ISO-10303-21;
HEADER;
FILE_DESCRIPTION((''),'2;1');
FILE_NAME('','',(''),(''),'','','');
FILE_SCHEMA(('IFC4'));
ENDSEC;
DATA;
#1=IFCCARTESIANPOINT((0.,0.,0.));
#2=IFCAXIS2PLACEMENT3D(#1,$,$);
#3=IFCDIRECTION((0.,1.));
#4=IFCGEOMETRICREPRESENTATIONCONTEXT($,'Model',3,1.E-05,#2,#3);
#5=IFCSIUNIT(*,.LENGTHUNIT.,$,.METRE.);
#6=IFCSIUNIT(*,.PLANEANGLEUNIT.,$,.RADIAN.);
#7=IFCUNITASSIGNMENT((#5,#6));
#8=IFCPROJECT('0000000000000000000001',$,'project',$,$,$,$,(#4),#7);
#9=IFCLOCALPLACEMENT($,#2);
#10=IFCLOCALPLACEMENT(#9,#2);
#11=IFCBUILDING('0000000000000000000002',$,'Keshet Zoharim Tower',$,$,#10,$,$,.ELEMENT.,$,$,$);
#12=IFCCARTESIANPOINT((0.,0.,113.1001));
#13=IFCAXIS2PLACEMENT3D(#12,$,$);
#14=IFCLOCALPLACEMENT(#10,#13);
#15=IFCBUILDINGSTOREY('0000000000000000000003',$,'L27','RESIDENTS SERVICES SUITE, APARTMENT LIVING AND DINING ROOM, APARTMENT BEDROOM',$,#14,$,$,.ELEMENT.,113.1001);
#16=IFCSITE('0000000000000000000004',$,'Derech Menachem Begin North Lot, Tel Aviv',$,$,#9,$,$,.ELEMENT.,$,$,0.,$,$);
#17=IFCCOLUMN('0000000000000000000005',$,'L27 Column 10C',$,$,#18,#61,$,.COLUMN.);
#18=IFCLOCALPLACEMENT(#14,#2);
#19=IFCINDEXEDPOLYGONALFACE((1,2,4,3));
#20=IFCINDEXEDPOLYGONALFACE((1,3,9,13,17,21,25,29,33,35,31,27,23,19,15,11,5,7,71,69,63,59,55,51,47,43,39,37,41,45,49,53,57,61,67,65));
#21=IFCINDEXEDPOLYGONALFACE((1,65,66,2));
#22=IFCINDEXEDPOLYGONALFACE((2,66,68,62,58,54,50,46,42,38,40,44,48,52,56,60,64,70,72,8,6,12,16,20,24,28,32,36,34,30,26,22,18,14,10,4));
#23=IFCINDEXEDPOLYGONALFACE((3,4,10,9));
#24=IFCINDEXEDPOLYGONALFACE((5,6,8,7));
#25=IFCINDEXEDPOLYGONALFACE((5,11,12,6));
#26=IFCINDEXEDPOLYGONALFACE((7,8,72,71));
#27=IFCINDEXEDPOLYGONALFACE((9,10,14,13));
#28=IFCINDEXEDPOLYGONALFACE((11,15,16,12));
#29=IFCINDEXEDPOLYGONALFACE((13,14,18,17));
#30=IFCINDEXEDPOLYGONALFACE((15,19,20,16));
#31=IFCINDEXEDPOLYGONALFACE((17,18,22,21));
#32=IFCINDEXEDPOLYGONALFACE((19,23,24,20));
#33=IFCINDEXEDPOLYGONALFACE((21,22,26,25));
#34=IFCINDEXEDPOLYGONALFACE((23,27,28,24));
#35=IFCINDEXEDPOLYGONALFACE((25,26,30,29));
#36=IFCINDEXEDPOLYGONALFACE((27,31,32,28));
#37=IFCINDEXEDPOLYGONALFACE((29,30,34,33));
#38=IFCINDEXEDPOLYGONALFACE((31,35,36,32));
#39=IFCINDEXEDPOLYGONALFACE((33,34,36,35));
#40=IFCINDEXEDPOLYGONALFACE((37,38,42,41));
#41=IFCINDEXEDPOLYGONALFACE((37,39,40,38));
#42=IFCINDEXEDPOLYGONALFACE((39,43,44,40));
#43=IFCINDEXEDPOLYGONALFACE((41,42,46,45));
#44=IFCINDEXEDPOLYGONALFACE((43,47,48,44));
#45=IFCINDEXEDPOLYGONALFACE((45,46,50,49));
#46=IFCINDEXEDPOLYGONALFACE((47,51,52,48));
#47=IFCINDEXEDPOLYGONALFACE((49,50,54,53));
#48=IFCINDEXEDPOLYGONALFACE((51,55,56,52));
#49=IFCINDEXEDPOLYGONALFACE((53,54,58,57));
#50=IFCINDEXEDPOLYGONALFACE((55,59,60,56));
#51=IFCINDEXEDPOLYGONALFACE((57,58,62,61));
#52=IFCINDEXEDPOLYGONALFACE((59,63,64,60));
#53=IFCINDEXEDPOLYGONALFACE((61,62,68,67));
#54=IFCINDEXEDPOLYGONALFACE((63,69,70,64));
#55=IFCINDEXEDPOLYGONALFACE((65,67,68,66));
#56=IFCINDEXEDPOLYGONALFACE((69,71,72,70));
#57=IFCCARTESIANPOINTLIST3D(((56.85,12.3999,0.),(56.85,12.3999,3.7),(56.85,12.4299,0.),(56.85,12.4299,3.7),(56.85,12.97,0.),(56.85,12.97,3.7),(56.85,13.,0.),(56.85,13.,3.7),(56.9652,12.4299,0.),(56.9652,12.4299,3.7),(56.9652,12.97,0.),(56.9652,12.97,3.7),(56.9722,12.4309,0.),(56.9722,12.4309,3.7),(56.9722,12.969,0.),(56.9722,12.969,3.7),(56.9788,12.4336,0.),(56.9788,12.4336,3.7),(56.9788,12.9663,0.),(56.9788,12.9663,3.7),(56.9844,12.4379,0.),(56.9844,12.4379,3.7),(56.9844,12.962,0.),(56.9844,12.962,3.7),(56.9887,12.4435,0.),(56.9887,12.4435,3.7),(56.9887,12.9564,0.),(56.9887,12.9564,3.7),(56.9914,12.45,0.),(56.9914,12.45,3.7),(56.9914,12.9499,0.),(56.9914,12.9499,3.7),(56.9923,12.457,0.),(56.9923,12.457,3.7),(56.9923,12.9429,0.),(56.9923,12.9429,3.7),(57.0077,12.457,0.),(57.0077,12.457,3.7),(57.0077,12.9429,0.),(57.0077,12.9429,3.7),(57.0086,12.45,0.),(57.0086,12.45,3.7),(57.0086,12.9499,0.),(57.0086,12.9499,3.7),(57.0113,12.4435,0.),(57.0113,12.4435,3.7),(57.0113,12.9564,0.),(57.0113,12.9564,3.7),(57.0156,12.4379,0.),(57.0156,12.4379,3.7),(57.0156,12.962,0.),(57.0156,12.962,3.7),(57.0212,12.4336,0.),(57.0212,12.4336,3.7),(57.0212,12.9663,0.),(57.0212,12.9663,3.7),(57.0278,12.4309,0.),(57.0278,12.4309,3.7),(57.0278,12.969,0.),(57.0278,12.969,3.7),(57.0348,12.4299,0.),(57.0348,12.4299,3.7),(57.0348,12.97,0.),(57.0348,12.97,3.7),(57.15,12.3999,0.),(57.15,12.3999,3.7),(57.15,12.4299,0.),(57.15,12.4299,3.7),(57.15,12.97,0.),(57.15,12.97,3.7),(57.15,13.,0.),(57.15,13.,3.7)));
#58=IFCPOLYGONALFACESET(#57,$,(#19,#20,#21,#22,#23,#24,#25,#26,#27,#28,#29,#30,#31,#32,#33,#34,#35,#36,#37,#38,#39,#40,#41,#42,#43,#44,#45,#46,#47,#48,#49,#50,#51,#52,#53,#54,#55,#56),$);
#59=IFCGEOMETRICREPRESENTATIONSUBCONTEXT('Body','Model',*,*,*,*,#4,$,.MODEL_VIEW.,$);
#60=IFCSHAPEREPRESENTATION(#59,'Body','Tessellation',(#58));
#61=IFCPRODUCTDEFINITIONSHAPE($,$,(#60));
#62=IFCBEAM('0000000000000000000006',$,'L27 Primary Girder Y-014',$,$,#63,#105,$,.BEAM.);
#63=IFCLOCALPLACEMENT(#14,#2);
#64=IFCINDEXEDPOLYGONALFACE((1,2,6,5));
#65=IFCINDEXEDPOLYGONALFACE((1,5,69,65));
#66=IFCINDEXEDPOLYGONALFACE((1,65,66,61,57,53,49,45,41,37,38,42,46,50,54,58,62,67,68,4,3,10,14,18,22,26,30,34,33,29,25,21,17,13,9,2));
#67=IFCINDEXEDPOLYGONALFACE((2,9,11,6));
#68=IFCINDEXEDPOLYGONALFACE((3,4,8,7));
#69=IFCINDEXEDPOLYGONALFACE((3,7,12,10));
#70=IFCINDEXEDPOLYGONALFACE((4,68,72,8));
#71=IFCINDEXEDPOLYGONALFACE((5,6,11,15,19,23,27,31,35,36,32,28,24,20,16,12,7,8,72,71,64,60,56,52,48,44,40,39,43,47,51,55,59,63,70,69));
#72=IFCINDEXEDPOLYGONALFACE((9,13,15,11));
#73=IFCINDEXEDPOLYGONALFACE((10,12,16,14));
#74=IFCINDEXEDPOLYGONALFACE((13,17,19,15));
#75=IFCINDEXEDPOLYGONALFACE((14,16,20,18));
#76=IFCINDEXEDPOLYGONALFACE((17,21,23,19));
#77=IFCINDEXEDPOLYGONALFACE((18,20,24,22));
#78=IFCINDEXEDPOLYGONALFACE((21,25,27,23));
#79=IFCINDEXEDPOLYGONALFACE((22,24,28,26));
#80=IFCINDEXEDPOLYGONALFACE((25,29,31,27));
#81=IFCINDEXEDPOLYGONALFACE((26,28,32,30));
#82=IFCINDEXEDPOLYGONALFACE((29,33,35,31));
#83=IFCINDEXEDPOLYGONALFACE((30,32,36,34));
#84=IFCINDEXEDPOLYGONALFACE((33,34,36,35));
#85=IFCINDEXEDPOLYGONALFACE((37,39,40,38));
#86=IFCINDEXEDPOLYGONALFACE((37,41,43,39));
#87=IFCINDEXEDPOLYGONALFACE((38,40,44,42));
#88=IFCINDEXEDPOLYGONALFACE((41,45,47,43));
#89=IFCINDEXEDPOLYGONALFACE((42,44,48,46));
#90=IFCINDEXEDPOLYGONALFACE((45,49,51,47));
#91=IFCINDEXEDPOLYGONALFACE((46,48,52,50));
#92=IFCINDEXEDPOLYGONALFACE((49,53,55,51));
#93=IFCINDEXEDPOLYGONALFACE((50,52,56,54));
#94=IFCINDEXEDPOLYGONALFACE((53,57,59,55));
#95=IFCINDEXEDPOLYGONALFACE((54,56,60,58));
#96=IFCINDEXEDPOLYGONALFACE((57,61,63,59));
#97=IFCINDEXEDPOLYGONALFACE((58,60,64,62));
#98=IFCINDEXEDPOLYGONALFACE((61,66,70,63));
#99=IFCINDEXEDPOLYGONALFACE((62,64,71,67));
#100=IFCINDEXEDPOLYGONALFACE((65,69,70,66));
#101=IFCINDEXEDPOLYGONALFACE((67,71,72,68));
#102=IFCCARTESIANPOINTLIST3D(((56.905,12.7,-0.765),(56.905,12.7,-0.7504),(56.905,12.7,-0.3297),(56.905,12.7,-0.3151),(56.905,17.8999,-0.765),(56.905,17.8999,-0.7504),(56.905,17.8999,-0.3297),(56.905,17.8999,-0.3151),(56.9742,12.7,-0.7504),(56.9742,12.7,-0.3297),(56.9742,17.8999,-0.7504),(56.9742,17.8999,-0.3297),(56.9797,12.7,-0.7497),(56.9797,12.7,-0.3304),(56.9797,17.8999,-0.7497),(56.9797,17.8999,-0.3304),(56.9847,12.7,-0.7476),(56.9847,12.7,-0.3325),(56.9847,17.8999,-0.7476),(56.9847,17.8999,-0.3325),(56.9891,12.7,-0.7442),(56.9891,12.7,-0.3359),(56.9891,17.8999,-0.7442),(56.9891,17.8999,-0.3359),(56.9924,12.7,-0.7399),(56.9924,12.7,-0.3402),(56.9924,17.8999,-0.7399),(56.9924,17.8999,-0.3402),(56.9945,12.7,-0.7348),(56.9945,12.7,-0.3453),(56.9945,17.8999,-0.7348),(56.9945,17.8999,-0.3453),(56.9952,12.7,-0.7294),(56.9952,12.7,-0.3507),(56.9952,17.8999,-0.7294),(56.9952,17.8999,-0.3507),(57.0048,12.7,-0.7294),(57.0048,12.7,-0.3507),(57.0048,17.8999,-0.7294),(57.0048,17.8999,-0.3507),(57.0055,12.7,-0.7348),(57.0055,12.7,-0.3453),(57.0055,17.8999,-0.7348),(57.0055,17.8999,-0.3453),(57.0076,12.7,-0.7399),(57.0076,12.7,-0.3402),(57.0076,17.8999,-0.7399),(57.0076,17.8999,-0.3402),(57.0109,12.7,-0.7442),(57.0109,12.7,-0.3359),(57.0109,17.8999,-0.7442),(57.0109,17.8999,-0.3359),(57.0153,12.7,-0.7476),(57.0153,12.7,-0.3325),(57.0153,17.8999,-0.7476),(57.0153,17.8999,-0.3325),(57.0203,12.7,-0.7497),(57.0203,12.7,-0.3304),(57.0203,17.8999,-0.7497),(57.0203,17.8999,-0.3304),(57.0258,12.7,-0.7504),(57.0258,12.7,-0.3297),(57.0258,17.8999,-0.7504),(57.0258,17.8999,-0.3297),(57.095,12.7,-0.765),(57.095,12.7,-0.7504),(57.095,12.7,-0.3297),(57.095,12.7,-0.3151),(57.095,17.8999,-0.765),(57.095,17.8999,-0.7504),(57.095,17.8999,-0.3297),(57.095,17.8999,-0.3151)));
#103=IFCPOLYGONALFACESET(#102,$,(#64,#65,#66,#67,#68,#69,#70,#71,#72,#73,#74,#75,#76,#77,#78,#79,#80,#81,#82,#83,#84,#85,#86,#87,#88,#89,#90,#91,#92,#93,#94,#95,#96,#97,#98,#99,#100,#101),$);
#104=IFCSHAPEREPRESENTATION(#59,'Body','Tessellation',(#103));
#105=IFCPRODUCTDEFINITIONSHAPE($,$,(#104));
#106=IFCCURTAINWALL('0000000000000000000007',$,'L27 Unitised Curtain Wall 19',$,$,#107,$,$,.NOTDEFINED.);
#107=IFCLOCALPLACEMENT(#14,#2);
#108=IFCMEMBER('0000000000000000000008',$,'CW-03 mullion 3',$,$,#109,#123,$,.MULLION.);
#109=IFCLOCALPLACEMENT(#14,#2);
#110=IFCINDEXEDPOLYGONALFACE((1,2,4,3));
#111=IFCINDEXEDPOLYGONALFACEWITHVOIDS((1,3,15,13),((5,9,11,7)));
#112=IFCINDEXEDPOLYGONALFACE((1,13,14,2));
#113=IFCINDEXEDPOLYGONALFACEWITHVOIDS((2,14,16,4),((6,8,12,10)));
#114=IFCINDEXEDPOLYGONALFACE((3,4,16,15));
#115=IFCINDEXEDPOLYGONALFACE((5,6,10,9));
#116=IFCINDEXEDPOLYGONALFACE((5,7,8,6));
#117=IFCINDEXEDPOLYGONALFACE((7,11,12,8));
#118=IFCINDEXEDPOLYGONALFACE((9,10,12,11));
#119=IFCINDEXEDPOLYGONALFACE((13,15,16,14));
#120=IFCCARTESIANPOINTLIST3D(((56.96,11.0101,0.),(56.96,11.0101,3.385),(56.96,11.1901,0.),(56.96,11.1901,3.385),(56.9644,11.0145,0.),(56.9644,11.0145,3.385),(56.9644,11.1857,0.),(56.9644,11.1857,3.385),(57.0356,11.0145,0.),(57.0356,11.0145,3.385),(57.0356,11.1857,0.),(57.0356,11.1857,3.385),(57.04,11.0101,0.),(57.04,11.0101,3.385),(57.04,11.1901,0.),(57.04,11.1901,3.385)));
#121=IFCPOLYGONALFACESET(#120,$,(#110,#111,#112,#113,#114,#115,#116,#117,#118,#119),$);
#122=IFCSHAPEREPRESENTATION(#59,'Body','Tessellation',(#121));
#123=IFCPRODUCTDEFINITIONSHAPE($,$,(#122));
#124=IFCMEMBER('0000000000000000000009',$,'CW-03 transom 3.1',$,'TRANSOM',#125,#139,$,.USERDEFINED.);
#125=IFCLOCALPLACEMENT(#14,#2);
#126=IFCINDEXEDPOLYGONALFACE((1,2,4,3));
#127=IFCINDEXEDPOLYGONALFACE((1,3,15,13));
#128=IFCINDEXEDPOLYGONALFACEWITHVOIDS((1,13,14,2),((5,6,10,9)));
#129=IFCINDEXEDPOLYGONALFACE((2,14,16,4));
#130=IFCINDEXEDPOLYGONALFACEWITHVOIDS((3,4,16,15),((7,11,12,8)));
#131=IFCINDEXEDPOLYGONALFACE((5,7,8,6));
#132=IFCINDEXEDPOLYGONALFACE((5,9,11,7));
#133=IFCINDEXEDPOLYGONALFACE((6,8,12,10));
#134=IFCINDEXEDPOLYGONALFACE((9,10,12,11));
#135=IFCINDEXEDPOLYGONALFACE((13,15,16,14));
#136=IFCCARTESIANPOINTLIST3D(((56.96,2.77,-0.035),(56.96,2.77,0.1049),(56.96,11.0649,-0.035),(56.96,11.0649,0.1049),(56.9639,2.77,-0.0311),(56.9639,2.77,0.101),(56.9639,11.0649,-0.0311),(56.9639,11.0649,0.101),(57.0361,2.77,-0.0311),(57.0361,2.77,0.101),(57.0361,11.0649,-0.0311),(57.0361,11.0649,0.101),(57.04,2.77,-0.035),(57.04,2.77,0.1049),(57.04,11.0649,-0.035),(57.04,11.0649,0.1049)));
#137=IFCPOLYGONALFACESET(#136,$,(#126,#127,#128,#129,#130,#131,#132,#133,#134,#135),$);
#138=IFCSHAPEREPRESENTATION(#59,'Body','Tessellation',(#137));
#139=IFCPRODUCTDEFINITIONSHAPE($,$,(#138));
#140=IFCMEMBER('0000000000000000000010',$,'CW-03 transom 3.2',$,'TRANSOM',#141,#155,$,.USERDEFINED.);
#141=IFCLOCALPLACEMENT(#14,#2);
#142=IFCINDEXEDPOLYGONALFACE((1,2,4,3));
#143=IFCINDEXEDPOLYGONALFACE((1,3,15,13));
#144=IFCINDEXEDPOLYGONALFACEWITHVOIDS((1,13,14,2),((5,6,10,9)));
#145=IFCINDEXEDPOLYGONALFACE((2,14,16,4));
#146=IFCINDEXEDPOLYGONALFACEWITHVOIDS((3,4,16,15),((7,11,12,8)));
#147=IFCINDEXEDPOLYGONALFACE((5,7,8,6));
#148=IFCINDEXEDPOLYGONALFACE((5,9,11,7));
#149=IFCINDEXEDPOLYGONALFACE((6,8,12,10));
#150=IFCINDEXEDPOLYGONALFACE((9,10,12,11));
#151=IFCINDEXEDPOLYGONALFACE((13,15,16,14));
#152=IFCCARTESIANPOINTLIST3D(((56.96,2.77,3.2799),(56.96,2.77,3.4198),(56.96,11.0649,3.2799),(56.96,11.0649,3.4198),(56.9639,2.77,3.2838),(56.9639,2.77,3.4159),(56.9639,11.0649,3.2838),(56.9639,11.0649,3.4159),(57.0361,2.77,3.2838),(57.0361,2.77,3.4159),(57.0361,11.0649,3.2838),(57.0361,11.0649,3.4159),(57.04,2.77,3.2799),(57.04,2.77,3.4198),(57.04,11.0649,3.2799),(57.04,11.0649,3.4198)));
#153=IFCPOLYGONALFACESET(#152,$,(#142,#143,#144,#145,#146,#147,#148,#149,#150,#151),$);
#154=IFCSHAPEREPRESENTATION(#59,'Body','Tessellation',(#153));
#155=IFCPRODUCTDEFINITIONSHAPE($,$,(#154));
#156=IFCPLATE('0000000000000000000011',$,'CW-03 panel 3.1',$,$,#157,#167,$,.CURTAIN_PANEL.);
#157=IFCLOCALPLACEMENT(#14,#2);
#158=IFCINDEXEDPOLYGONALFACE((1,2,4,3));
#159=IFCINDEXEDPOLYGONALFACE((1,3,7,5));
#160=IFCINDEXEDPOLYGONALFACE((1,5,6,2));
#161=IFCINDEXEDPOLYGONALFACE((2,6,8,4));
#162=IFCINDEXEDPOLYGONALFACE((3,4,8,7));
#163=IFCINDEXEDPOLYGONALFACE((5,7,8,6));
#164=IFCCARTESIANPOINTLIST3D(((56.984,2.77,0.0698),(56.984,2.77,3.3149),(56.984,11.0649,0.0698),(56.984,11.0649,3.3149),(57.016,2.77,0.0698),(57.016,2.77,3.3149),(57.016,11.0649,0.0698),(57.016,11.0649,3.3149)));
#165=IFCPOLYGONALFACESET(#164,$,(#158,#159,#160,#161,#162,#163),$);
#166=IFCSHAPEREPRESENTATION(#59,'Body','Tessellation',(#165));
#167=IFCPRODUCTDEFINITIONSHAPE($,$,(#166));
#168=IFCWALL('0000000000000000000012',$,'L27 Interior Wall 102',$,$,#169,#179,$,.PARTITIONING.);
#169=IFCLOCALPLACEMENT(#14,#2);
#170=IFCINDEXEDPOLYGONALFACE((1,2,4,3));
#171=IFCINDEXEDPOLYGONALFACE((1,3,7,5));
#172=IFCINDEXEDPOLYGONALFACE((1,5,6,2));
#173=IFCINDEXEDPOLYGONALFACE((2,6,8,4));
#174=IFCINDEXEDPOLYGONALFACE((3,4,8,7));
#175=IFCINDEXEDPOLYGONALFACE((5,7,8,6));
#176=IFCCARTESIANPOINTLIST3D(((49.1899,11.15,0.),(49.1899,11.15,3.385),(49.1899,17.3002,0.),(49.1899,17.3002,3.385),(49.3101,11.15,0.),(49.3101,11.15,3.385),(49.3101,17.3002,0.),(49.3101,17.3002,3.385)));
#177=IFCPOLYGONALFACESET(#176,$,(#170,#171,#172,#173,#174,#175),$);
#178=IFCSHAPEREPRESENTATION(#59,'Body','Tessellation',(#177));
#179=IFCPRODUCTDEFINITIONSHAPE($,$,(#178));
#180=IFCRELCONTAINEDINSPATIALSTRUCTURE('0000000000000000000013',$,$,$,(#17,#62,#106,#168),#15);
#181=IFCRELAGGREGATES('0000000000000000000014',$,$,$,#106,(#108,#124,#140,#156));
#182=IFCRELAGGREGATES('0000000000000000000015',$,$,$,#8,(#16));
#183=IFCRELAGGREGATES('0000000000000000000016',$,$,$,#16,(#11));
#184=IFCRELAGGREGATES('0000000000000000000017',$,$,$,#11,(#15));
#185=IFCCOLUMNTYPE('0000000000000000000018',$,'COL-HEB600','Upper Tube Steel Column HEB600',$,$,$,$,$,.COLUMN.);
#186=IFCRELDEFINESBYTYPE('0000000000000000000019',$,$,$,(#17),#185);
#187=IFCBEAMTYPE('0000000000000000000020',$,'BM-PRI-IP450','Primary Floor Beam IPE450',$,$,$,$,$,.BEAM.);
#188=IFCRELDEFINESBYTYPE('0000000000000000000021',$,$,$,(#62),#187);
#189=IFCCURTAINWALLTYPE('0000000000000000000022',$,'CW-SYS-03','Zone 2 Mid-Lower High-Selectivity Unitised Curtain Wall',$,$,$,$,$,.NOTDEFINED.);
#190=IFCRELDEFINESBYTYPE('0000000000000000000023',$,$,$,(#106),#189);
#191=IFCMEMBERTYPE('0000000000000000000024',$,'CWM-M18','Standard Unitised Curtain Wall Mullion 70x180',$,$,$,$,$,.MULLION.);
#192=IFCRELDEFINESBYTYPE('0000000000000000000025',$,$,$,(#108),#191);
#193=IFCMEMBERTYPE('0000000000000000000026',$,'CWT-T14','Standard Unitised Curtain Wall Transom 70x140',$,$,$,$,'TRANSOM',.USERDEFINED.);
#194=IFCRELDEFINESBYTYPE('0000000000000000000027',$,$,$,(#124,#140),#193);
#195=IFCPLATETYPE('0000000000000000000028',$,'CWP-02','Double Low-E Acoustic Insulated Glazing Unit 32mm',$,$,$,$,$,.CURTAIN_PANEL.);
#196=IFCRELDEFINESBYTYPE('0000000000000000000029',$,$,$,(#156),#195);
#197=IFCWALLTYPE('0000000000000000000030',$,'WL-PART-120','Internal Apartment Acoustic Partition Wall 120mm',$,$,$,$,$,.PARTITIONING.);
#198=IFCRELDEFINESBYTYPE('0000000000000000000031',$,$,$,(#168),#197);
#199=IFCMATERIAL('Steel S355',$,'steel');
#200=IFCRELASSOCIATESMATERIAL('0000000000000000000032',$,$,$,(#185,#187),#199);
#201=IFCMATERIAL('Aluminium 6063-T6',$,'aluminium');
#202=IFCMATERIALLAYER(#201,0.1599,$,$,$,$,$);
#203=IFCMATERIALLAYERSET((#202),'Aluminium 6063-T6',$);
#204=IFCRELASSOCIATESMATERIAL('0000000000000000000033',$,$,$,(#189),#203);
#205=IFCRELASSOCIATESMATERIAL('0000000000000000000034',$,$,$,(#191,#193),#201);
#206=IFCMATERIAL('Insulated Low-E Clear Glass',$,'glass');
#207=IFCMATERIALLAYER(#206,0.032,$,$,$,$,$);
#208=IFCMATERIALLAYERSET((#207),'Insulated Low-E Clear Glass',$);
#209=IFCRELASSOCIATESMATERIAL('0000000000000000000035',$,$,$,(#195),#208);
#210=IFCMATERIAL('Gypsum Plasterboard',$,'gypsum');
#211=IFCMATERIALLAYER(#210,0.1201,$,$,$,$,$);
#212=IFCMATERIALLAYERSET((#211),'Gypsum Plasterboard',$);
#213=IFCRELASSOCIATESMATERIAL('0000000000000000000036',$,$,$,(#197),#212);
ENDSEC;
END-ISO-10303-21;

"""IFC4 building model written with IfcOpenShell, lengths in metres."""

from ifc_helpers import new_model, si_unit, direction, frame, frame_2d, origin, origin_2d, place, context, subcontext, project, spatial, rectangle, hollow_rectangle, i_section, extrude, material, layer, layer_set, material_profile, profile_set, type_object, element, aggregate, save


model = new_model("IFC4")

# Units and contexts
model_context = context("Model", 3, precision=1e-05, world=origin(), true_north=direction((0.0, 1.0)))
body_context = subcontext(model_context, "Body", "Model", "MODEL_VIEW")
ifc_project = project(units=[si_unit("LENGTHUNIT", "METRE"), si_unit("PLANEANGLEUNIT", "RADIAN")], contexts=[model_context])

# Site, building, storey
site_placement = place(None, origin())
site = spatial("IfcSite", under=ifc_project, at=site_placement, Name="Derech Menachem Begin North Lot, Tel Aviv", CompositionType="ELEMENT", RefElevation=0.0)
building_placement = place(site_placement, origin())
building = spatial("IfcBuilding", under=site, at=building_placement, Name="Keshet Zoharim Tower", CompositionType="ELEMENT")
storey_placement = place(building_placement, frame((0.0, 0.0, 113.1001)))
storey = spatial("IfcBuildingStorey", under=building, at=storey_placement, Name="L27", Description="RESIDENTS SERVICES SUITE, APARTMENT LIVING AND DINING ROOM, APARTMENT BEDROOM", CompositionType="ELEMENT", Elevation=113.1001)

# Column
ifc_material_1 = material(Name="Steel S355", Category="steel")
ifc_material_profile_1 = material_profile(ifc_material_1, i_section(OverallWidth=0.3, OverallDepth=0.6001, WebThickness=0.0154, FlangeThickness=0.03, FilletRadius=0.0271, at=origin_2d()), Name="HEB600")
ifc_profile_set_1 = profile_set([ifc_material_profile_1], Name="Steel S355")
column_type = type_object("IfcColumnType", Name="COL-HEB600", Description="Upper Tube Steel Column HEB600", PredefinedType="COLUMN", material=ifc_profile_set_1)
column_placement = place(storey_placement, frame((57.0, 12.7, 0.0), z_axis=(0.0, 0.0, 1.0), x_axis=(1.0, 0.0, 0.0)))
element("IfcColumn", 1, at=column_placement, inside=storey, type_object=column_type, Name="L27 Column 10C", PredefinedType="COLUMN", context=body_context, shape_type="SweptSolid", body=[
    extrude(i_section(OverallWidth=0.3, OverallDepth=0.6001, WebThickness=0.0154, FlangeThickness=0.03, FilletRadius=0.0271, at=origin_2d()), origin(), (0.0, 0.0, 1.0), 3.7),
])

# Beam
ifc_material_profile_2 = material_profile(ifc_material_1, i_section(OverallWidth=0.1899, OverallDepth=0.45, WebThickness=0.0095, FlangeThickness=0.0146, FilletRadius=0.021, at=origin_2d()), Name="IPE450")
ifc_profile_set_2 = profile_set([ifc_material_profile_2], Name="Steel S355")
beam_type = type_object("IfcBeamType", Name="BM-PRI-IP450", Description="Primary Floor Beam IPE450", PredefinedType="BEAM", material=ifc_profile_set_2)
beam_placement = place(storey_placement, frame((57.0, 12.7, -0.54), z_axis=(0.0, 1.0, 0.0), x_axis=(-1.0, 0.0, 0.0)))
element("IfcBeam", 2, at=beam_placement, inside=storey, type_object=beam_type, Name="L27 Primary Girder Y-014", PredefinedType="BEAM", context=body_context, shape_type="SweptSolid", body=[
    extrude(i_section(OverallWidth=0.1899, OverallDepth=0.45, WebThickness=0.0095, FlangeThickness=0.0146, FilletRadius=0.021, at=origin_2d()), origin(), (0.0, 0.0, 1.0), 5.2),
])

# Curtain wall, members, plate
ifc_material_2 = material(Name="Aluminium 6063-T6", Category="aluminium")
ifc_layer_1 = layer(ifc_material_2, 0.1599)
ifc_layer_set_1 = layer_set([ifc_layer_1], Name="Aluminium 6063-T6")
curtain_wall_type = type_object("IfcCurtainWallType", Name="CW-SYS-03", Description="Zone 2 Mid-Lower High-Selectivity Unitised Curtain Wall", PredefinedType="NOTDEFINED", material=ifc_layer_set_1)
curtain_wall_placement = place(storey_placement, origin())
curtain_wall = element("IfcCurtainWall", 3, at=curtain_wall_placement, inside=storey, type_object=curtain_wall_type, Name="L27 Unitised Curtain Wall 19", PredefinedType="NOTDEFINED")
ifc_material_profile_3 = material_profile(ifc_material_2, hollow_rectangle(XDim=0.0801, YDim=0.1799, WallThickness=0.0044, at=origin_2d()), Name="MUL-80x180")
ifc_profile_set_3 = profile_set([ifc_material_profile_3], Name="Aluminium 6063-T6")
member_type_1 = type_object("IfcMemberType", Name="CWM-M18", Description="Standard Unitised Curtain Wall Mullion 70x180", PredefinedType="MULLION", material=ifc_profile_set_3)
member_1_placement = place(storey_placement, frame((57.0, 11.1001, 0.0), z_axis=(0.0, 0.0, 1.0), x_axis=(1.0, 0.0, 0.0)))
member_1 = element("IfcMember", 4, at=member_1_placement, type_object=member_type_1, Name="CW-03 mullion 3", PredefinedType="MULLION", context=body_context, shape_type="SweptSolid", body=[
    extrude(hollow_rectangle(XDim=0.0801, YDim=0.1799, WallThickness=0.0044, at=origin_2d()), origin(), (0.0, 0.0, 1.0), 3.385),
])
ifc_material_profile_4 = material_profile(ifc_material_2, hollow_rectangle(XDim=0.0801, YDim=0.1399, WallThickness=0.0039, at=origin_2d()), Name="TRN-80x140")
ifc_profile_set_4 = profile_set([ifc_material_profile_4], Name="Aluminium 6063-T6")
member_type_2 = type_object("IfcMemberType", Name="CWT-T14", Description="Standard Unitised Curtain Wall Transom 70x140", ElementType="TRANSOM", PredefinedType="USERDEFINED", material=ifc_profile_set_4)
member_2_placement = place(storey_placement, frame((57.0, 11.0649, 0.0349), z_axis=(0.0, -1.0, 0.0), x_axis=(1.0, 0.0, 0.0)))
member_2 = element("IfcMember", 5, at=member_2_placement, type_object=member_type_2, Name="CW-03 transom 3.1", ObjectType="TRANSOM", PredefinedType="USERDEFINED", context=body_context, shape_type="SweptSolid", body=[
    extrude(hollow_rectangle(XDim=0.0801, YDim=0.1399, WallThickness=0.0039, at=origin_2d()), origin(), (0.0, 0.0, 1.0), 8.2949),
])
member_3_placement = place(storey_placement, frame((57.0, 11.0649, 3.3499), z_axis=(0.0, -1.0, 0.0), x_axis=(1.0, 0.0, 0.0)))
member_3 = element("IfcMember", 6, at=member_3_placement, type_object=member_type_2, Name="CW-03 transom 3.2", ObjectType="TRANSOM", PredefinedType="USERDEFINED", context=body_context, shape_type="SweptSolid", body=[
    extrude(hollow_rectangle(XDim=0.0801, YDim=0.1399, WallThickness=0.0039, at=origin_2d()), origin(), (0.0, 0.0, 1.0), 8.2949),
])
ifc_material_3 = material(Name="Insulated Low-E Clear Glass", Category="glass")
ifc_layer_2 = layer(ifc_material_3, 0.032)
ifc_layer_set_2 = layer_set([ifc_layer_2], Name="Insulated Low-E Clear Glass")
plate_type = type_object("IfcPlateType", Name="CWP-02", Description="Double Low-E Acoustic Insulated Glazing Unit 32mm", PredefinedType="CURTAIN_PANEL", material=ifc_layer_set_2)
plate_placement = place(storey_placement, frame((57.0, 6.9175, 0.0698), z_axis=(0.0, 0.0, 1.0), x_axis=(0.0, -1.0, 0.0)))
plate = element("IfcPlate", 7, at=plate_placement, type_object=plate_type, Name="CW-03 panel 3.1", PredefinedType="CURTAIN_PANEL", context=body_context, shape_type="SweptSolid", body=[
    extrude(rectangle(XDim=8.2949, YDim=0.032, at=origin_2d()), origin(), (0.0, 0.0, 1.0), 3.2451),
])
aggregate(curtain_wall, [member_1, member_2, member_3, plate])

# Wall
ifc_material_4 = material(Name="Gypsum Plasterboard", Category="gypsum")
ifc_layer_3 = layer(ifc_material_4, 0.1201)
ifc_layer_set_3 = layer_set([ifc_layer_3], Name="Gypsum Plasterboard")
wall_type_1 = type_object("IfcWallType", Name="WL-PART-120", Description="Internal Apartment Acoustic Partition Wall 120mm", PredefinedType="PARTITIONING", material=ifc_layer_set_3)
wall_1_placement = place(storey_placement, frame((49.25, 11.1499, 0.0), z_axis=(0.0, 0.0, 1.0), x_axis=(0.0, 1.0, 0.0)))
element("IfcWall", 8, at=wall_1_placement, inside=storey, type_object=wall_type_1, Name="L27 Interior Wall 102", PredefinedType="PARTITIONING", context=body_context, shape_type="SweptSolid", body=[
    extrude(rectangle(XDim=6.1501, YDim=0.1201, at=frame_2d((3.0752, 0.0))), origin(), (0.0, 0.0, 1.0), 3.385),
])

save(model, "model.ifc")
